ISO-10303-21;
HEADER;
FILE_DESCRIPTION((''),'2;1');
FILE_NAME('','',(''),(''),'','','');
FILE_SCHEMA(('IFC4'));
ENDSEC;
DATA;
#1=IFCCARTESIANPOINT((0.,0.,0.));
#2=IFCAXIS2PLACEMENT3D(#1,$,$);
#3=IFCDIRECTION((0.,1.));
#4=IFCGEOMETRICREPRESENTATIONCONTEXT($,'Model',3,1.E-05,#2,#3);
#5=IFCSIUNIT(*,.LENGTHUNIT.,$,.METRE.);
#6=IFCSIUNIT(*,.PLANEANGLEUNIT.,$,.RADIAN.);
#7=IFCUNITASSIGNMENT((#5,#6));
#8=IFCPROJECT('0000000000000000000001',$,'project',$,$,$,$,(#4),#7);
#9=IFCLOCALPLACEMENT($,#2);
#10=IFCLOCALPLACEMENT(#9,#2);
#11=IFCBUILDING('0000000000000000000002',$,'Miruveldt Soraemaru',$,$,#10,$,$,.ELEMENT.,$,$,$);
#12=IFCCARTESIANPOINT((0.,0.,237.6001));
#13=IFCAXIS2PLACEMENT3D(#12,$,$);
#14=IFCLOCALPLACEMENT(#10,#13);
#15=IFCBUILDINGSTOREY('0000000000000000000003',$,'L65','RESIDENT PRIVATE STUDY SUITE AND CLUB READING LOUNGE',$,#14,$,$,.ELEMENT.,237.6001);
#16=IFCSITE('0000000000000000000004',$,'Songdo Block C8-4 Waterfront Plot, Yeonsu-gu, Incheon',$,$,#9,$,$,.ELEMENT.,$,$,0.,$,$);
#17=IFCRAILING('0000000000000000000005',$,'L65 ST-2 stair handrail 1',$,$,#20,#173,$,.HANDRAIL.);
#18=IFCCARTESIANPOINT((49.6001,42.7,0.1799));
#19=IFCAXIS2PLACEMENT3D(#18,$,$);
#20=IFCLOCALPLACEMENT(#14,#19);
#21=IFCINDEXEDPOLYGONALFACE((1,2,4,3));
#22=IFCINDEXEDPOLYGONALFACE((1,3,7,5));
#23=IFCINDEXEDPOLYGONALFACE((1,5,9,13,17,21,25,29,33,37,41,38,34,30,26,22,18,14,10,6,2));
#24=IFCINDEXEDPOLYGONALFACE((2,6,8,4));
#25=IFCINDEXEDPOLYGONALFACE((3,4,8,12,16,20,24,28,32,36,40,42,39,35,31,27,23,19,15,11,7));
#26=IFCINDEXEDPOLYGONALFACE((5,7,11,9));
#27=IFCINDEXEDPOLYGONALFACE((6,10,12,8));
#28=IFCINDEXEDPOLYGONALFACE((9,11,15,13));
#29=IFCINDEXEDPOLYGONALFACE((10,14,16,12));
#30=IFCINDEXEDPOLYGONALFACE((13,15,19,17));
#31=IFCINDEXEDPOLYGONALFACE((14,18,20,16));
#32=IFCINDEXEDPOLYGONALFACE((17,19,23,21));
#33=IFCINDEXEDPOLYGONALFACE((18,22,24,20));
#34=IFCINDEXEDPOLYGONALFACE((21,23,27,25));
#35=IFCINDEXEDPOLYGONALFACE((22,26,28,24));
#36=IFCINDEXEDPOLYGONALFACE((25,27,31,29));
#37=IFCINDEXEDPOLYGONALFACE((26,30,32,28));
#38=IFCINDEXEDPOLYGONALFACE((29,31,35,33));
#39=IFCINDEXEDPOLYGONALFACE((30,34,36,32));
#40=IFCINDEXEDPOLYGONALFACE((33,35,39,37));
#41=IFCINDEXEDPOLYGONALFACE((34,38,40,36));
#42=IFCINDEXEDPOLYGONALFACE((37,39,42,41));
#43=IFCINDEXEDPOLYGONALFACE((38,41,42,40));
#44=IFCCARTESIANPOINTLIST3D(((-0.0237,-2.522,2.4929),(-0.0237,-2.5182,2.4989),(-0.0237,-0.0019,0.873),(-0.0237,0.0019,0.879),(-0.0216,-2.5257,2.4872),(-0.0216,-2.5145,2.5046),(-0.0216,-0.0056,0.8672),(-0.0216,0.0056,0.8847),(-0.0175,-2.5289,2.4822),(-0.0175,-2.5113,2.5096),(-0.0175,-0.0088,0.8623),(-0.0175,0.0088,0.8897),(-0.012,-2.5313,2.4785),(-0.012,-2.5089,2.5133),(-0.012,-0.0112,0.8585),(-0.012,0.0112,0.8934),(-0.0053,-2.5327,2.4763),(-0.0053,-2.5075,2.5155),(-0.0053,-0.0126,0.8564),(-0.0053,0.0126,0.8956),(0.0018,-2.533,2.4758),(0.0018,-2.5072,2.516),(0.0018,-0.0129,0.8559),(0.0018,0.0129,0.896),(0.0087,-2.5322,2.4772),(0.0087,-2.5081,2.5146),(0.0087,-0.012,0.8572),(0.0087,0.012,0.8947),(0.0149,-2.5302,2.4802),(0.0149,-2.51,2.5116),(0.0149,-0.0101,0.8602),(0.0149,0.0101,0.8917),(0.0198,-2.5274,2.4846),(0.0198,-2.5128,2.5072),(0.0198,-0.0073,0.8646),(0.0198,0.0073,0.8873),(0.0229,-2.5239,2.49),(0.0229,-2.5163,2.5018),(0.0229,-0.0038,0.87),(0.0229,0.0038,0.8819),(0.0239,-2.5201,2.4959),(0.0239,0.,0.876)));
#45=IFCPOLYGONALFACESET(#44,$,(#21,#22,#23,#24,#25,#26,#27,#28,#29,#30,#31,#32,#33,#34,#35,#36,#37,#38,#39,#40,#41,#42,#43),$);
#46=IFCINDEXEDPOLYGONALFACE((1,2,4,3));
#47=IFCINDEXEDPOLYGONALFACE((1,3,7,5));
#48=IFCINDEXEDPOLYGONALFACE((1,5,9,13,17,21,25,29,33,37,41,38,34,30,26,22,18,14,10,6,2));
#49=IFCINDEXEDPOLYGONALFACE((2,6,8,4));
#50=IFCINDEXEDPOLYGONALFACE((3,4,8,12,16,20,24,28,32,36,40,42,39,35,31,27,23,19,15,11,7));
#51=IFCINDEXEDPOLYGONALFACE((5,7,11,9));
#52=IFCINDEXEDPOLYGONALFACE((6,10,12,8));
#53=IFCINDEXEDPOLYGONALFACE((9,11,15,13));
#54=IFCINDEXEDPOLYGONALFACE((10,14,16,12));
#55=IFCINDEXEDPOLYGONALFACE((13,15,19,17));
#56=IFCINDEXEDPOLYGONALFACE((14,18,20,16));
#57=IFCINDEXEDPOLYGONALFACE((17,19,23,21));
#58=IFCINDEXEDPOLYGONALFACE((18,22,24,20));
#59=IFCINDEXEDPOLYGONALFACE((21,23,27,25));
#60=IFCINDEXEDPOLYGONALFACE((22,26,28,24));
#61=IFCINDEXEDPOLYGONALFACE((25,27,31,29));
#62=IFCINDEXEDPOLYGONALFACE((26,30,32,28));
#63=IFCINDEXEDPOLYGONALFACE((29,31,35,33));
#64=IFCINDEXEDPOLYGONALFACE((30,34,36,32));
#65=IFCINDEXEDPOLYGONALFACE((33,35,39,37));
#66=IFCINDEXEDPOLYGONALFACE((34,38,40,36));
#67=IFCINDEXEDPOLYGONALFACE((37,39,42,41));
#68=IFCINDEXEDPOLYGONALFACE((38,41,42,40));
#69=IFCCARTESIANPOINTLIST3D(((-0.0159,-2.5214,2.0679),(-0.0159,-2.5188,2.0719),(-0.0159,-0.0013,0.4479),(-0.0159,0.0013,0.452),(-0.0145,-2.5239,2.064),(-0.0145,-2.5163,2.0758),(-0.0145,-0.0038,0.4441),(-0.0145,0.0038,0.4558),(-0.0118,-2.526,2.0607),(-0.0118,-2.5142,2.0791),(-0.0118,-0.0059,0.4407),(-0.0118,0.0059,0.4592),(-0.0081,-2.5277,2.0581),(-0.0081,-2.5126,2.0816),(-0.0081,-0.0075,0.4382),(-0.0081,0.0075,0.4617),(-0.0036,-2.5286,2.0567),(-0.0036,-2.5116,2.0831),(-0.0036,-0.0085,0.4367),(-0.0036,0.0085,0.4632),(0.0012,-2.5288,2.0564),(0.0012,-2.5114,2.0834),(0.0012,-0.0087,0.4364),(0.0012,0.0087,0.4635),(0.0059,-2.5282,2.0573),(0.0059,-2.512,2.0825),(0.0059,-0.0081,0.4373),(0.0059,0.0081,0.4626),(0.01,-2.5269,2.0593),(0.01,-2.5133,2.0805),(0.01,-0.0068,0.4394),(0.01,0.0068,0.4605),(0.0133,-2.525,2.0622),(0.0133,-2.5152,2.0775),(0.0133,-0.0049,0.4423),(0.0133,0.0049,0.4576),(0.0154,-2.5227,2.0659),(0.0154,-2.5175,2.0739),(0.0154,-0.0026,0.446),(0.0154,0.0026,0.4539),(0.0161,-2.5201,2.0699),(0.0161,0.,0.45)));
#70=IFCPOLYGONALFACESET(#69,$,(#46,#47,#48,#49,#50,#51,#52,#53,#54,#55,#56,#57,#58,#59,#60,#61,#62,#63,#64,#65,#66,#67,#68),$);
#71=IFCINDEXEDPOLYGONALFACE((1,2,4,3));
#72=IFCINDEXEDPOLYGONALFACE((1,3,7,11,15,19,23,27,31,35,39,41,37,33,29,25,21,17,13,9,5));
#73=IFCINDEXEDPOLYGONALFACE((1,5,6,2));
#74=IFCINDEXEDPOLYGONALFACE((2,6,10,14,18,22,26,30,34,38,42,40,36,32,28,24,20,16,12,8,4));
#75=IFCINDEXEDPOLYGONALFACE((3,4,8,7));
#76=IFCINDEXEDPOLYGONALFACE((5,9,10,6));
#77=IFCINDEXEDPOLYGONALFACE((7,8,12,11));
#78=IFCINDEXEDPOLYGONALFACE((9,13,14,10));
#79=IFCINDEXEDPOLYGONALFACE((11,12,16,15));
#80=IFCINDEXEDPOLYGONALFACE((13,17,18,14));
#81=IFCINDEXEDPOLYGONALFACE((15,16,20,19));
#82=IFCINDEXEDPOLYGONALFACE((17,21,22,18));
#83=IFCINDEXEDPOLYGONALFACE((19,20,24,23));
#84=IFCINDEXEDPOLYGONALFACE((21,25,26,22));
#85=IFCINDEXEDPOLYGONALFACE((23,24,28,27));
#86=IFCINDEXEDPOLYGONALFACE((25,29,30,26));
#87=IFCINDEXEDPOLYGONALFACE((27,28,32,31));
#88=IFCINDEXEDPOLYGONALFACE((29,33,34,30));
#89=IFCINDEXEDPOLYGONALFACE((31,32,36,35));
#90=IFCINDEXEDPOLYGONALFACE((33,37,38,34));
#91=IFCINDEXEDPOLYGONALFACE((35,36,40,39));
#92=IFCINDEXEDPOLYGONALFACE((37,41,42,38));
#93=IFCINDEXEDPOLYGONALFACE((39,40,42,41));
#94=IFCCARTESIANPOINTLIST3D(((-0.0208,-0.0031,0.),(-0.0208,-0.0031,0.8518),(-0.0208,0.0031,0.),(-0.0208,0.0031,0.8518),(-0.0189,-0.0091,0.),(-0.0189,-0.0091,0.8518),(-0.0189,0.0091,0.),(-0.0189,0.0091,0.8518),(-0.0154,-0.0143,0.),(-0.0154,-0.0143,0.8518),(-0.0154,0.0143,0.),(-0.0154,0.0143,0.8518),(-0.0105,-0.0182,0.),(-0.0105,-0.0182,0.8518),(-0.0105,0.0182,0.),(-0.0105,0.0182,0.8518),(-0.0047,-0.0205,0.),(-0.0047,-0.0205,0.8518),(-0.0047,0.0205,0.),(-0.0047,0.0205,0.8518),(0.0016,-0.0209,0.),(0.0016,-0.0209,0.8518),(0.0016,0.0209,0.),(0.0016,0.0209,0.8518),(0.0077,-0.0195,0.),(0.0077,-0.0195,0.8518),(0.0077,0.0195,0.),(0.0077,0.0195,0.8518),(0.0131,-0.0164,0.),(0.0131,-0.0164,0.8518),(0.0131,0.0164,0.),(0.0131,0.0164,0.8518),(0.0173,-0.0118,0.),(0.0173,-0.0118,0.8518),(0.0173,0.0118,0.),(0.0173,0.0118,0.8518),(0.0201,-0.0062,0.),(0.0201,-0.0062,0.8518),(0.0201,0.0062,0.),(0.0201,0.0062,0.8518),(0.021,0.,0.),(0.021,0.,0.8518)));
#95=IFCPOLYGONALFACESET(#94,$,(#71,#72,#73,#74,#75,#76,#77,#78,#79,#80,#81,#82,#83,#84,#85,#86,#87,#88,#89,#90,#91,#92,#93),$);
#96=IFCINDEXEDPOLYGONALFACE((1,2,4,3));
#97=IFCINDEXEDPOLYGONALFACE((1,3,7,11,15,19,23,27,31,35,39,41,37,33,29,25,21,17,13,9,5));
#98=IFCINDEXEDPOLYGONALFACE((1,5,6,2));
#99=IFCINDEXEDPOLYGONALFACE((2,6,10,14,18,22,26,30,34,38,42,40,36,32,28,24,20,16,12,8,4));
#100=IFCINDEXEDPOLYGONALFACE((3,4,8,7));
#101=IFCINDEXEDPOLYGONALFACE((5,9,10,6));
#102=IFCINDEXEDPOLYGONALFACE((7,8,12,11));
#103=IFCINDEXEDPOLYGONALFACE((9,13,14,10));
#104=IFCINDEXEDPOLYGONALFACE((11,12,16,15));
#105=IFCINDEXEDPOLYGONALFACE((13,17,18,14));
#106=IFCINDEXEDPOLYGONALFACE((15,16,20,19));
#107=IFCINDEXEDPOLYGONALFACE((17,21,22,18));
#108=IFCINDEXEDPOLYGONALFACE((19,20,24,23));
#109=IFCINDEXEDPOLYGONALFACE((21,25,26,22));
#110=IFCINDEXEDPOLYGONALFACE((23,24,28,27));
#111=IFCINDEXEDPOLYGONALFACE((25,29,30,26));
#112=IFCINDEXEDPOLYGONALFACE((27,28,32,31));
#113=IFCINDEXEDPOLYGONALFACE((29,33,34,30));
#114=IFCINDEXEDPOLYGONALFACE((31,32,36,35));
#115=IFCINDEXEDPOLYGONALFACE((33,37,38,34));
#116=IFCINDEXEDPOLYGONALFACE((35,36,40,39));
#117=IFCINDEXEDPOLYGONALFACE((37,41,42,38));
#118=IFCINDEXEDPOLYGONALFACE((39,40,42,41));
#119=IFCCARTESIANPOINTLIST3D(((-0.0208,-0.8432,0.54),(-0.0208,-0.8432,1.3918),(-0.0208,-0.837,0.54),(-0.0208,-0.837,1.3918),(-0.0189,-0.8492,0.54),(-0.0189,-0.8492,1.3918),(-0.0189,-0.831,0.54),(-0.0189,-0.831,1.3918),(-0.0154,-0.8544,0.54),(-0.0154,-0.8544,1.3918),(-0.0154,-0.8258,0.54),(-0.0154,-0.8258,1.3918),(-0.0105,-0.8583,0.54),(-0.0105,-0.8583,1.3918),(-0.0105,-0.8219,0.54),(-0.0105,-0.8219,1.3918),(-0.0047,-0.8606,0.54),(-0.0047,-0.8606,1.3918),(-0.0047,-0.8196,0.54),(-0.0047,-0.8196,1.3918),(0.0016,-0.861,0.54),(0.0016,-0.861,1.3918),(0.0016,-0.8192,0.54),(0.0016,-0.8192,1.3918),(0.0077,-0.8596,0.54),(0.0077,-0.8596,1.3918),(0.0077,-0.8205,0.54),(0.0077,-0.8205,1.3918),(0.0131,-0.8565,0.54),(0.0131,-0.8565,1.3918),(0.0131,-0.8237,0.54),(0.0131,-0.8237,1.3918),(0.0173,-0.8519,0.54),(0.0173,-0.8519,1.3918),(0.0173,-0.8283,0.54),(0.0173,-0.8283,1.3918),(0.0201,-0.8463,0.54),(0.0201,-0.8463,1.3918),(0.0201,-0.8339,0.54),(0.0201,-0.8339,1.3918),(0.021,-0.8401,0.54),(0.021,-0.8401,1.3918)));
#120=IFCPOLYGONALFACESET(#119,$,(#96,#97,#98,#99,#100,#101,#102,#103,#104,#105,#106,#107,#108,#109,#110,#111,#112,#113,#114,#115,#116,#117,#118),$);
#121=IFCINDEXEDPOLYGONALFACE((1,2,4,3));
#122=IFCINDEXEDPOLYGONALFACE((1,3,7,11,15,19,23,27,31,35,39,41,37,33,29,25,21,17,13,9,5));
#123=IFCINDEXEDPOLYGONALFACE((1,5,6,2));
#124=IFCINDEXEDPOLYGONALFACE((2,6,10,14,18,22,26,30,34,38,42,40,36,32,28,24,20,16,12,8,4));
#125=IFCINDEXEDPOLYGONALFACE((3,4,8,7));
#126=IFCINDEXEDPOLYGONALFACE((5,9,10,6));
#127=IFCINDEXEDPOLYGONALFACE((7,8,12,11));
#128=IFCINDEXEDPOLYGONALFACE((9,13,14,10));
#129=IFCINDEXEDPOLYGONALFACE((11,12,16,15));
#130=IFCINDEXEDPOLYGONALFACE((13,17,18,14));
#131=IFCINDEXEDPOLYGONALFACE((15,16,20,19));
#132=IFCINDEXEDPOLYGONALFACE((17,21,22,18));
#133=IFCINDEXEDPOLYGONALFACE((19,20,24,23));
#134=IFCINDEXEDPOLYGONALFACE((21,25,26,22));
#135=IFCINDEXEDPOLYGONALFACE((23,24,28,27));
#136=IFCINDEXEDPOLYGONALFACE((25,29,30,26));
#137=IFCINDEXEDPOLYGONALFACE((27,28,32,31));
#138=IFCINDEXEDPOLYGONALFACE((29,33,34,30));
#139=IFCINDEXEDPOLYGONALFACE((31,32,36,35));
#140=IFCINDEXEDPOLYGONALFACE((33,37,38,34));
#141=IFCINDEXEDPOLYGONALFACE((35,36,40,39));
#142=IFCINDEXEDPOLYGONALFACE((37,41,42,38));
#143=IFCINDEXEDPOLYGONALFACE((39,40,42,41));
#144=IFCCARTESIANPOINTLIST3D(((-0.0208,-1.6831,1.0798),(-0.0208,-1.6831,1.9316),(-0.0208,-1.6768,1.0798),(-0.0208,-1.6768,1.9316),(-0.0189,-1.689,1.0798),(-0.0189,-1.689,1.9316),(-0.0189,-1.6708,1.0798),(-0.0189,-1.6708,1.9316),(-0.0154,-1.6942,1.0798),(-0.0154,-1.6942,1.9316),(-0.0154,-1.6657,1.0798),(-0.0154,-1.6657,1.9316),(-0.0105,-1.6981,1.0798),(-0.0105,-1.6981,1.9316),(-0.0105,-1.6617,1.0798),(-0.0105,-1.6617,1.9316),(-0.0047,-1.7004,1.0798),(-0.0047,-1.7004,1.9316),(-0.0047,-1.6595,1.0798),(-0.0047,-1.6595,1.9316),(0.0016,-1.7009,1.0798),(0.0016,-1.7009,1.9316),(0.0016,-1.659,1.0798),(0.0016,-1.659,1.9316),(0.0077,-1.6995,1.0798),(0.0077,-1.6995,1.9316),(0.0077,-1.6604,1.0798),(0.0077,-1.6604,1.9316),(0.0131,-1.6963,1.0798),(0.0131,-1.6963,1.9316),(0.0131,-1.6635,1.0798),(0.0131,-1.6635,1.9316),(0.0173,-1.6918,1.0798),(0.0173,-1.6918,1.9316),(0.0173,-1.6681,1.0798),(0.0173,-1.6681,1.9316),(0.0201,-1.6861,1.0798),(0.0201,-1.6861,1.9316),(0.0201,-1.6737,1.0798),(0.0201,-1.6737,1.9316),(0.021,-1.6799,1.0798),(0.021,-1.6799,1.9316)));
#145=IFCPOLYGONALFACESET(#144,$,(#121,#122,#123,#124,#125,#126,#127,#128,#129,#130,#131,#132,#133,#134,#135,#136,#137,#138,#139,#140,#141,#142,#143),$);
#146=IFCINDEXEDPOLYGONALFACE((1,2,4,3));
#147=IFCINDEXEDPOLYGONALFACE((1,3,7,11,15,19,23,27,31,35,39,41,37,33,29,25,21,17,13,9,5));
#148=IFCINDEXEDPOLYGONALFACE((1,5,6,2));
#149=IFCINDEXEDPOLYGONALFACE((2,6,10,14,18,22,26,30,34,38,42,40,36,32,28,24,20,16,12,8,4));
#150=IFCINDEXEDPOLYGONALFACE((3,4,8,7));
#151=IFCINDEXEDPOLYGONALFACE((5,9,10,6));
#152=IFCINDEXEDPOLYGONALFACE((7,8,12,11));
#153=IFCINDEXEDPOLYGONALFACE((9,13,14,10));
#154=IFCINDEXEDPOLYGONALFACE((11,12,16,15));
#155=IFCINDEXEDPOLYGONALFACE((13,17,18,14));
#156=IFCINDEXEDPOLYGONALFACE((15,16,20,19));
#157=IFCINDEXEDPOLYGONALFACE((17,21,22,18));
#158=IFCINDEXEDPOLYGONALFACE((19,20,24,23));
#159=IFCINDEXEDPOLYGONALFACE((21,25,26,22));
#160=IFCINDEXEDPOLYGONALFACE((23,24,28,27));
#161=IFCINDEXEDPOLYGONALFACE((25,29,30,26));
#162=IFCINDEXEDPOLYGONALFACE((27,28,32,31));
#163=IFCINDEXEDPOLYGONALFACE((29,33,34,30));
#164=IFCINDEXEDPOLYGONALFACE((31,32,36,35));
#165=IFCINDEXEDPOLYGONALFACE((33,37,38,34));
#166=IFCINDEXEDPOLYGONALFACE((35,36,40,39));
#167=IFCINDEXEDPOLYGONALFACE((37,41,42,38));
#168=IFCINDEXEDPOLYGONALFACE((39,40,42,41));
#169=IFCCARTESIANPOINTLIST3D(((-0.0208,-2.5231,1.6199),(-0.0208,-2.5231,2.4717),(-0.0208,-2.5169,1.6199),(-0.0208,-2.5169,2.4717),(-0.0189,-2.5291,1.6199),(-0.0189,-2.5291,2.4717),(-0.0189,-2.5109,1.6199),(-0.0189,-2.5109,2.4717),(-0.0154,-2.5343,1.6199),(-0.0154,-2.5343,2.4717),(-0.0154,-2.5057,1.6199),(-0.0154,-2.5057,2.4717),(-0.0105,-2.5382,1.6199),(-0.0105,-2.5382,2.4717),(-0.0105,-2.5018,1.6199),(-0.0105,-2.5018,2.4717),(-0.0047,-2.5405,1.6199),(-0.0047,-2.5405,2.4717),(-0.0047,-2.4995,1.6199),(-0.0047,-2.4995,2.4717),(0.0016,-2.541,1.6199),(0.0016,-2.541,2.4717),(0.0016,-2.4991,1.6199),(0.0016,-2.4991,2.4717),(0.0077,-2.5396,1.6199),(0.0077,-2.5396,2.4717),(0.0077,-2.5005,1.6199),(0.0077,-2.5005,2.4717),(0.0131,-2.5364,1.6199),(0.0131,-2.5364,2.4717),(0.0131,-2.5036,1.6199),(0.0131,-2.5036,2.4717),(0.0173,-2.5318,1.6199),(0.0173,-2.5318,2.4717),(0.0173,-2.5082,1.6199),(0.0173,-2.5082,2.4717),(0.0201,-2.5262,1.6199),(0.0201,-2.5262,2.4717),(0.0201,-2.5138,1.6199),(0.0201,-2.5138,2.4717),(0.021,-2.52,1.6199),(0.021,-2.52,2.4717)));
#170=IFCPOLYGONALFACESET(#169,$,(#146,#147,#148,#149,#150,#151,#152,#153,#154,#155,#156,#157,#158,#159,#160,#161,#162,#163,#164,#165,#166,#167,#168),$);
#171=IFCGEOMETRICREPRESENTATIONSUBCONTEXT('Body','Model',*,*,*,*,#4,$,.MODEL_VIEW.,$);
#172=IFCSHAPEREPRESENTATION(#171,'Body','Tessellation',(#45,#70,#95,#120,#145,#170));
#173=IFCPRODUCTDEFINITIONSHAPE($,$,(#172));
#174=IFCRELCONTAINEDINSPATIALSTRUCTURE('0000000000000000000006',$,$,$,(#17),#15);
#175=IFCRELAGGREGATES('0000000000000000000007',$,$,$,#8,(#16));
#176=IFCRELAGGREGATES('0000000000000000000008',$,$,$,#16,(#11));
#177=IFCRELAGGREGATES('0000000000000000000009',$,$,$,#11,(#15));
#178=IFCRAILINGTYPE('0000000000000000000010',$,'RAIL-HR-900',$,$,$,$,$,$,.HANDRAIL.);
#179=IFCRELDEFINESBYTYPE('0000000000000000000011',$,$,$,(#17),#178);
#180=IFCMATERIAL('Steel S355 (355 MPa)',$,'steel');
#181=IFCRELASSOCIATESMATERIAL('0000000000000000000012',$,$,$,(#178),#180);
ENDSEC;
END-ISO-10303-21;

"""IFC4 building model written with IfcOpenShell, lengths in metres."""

from ifc_helpers import new_model, si_unit, direction, frame, origin, origin_2d, place, context, subcontext, project, spatial, circle, extrude, material, type_object, element, save


model = new_model("IFC4")

# Units and contexts
model_context = context("Model", 3, precision=1e-05, world=origin(), true_north=direction((0.0, 1.0)))
body_context = subcontext(model_context, "Body", "Model", "MODEL_VIEW")
ifc_project = project(units=[si_unit("LENGTHUNIT", "METRE"), si_unit("PLANEANGLEUNIT", "RADIAN")], contexts=[model_context])

# Site, building, storey
site_placement = place(None, origin())
site = spatial("IfcSite", under=ifc_project, at=site_placement, Name="Songdo Block C8-4 Waterfront Plot, Yeonsu-gu, Incheon", CompositionType="ELEMENT", RefElevation=0.0)
building_placement = place(site_placement, origin())
building = spatial("IfcBuilding", under=site, at=building_placement, Name="Miruveldt Soraemaru", CompositionType="ELEMENT")
storey_placement = place(building_placement, frame((0.0, 0.0, 237.6001)))
storey = spatial("IfcBuildingStorey", under=building, at=storey_placement, Name="L65", Description="RESIDENT PRIVATE STUDY SUITE AND CLUB READING LOUNGE", CompositionType="ELEMENT", Elevation=237.6001)

# Railing
ifc_material_1 = material(Name="Steel S355 (355 MPa)", Category="steel")
railing_type_1 = type_object("IfcRailingType", Name="RAIL-HR-900", PredefinedType="HANDRAIL", material=ifc_material_1)
railing_1_placement = place(storey_placement, frame((49.6001, 42.7, 0.1799)))
element("IfcRailing", 1, at=railing_1_placement, inside=storey, type_object=railing_type_1, Name="L65 ST-2 stair handrail 1", PredefinedType="HANDRAIL", context=body_context, shape_type="SweptSolid", body=[
    extrude(circle(Radius=0.0239, at=origin_2d()), frame((0.0, 0.0, 0.876), z_axis=(0.0, -0.8412, 0.540725), x_axis=(1.0, 0.0, 0.0)), (0.0, 0.0, 1.0), 2.9958),
    extrude(circle(Radius=0.0161, at=origin_2d()), frame((0.0, 0.0, 0.45), z_axis=(0.0, -0.8412, 0.540725), x_axis=(1.0, 0.0, 0.0)), (0.0, 0.0, 1.0), 2.9958),
    extrude(circle(Radius=0.021, at=origin_2d()), origin(), (0.0, 0.0, 1.0), 0.8518),
    extrude(circle(Radius=0.021, at=origin_2d()), frame((0.0, -0.8401, 0.54)), (0.0, 0.0, 1.0), 0.8518),
    extrude(circle(Radius=0.021, at=origin_2d()), frame((0.0, -1.6799, 1.0798)), (0.0, 0.0, 1.0), 0.8518),
    extrude(circle(Radius=0.021, at=origin_2d()), frame((0.0, -2.52, 1.6199)), (0.0, 0.0, 1.0), 0.8518),
])

save(model, "model.ifc")
